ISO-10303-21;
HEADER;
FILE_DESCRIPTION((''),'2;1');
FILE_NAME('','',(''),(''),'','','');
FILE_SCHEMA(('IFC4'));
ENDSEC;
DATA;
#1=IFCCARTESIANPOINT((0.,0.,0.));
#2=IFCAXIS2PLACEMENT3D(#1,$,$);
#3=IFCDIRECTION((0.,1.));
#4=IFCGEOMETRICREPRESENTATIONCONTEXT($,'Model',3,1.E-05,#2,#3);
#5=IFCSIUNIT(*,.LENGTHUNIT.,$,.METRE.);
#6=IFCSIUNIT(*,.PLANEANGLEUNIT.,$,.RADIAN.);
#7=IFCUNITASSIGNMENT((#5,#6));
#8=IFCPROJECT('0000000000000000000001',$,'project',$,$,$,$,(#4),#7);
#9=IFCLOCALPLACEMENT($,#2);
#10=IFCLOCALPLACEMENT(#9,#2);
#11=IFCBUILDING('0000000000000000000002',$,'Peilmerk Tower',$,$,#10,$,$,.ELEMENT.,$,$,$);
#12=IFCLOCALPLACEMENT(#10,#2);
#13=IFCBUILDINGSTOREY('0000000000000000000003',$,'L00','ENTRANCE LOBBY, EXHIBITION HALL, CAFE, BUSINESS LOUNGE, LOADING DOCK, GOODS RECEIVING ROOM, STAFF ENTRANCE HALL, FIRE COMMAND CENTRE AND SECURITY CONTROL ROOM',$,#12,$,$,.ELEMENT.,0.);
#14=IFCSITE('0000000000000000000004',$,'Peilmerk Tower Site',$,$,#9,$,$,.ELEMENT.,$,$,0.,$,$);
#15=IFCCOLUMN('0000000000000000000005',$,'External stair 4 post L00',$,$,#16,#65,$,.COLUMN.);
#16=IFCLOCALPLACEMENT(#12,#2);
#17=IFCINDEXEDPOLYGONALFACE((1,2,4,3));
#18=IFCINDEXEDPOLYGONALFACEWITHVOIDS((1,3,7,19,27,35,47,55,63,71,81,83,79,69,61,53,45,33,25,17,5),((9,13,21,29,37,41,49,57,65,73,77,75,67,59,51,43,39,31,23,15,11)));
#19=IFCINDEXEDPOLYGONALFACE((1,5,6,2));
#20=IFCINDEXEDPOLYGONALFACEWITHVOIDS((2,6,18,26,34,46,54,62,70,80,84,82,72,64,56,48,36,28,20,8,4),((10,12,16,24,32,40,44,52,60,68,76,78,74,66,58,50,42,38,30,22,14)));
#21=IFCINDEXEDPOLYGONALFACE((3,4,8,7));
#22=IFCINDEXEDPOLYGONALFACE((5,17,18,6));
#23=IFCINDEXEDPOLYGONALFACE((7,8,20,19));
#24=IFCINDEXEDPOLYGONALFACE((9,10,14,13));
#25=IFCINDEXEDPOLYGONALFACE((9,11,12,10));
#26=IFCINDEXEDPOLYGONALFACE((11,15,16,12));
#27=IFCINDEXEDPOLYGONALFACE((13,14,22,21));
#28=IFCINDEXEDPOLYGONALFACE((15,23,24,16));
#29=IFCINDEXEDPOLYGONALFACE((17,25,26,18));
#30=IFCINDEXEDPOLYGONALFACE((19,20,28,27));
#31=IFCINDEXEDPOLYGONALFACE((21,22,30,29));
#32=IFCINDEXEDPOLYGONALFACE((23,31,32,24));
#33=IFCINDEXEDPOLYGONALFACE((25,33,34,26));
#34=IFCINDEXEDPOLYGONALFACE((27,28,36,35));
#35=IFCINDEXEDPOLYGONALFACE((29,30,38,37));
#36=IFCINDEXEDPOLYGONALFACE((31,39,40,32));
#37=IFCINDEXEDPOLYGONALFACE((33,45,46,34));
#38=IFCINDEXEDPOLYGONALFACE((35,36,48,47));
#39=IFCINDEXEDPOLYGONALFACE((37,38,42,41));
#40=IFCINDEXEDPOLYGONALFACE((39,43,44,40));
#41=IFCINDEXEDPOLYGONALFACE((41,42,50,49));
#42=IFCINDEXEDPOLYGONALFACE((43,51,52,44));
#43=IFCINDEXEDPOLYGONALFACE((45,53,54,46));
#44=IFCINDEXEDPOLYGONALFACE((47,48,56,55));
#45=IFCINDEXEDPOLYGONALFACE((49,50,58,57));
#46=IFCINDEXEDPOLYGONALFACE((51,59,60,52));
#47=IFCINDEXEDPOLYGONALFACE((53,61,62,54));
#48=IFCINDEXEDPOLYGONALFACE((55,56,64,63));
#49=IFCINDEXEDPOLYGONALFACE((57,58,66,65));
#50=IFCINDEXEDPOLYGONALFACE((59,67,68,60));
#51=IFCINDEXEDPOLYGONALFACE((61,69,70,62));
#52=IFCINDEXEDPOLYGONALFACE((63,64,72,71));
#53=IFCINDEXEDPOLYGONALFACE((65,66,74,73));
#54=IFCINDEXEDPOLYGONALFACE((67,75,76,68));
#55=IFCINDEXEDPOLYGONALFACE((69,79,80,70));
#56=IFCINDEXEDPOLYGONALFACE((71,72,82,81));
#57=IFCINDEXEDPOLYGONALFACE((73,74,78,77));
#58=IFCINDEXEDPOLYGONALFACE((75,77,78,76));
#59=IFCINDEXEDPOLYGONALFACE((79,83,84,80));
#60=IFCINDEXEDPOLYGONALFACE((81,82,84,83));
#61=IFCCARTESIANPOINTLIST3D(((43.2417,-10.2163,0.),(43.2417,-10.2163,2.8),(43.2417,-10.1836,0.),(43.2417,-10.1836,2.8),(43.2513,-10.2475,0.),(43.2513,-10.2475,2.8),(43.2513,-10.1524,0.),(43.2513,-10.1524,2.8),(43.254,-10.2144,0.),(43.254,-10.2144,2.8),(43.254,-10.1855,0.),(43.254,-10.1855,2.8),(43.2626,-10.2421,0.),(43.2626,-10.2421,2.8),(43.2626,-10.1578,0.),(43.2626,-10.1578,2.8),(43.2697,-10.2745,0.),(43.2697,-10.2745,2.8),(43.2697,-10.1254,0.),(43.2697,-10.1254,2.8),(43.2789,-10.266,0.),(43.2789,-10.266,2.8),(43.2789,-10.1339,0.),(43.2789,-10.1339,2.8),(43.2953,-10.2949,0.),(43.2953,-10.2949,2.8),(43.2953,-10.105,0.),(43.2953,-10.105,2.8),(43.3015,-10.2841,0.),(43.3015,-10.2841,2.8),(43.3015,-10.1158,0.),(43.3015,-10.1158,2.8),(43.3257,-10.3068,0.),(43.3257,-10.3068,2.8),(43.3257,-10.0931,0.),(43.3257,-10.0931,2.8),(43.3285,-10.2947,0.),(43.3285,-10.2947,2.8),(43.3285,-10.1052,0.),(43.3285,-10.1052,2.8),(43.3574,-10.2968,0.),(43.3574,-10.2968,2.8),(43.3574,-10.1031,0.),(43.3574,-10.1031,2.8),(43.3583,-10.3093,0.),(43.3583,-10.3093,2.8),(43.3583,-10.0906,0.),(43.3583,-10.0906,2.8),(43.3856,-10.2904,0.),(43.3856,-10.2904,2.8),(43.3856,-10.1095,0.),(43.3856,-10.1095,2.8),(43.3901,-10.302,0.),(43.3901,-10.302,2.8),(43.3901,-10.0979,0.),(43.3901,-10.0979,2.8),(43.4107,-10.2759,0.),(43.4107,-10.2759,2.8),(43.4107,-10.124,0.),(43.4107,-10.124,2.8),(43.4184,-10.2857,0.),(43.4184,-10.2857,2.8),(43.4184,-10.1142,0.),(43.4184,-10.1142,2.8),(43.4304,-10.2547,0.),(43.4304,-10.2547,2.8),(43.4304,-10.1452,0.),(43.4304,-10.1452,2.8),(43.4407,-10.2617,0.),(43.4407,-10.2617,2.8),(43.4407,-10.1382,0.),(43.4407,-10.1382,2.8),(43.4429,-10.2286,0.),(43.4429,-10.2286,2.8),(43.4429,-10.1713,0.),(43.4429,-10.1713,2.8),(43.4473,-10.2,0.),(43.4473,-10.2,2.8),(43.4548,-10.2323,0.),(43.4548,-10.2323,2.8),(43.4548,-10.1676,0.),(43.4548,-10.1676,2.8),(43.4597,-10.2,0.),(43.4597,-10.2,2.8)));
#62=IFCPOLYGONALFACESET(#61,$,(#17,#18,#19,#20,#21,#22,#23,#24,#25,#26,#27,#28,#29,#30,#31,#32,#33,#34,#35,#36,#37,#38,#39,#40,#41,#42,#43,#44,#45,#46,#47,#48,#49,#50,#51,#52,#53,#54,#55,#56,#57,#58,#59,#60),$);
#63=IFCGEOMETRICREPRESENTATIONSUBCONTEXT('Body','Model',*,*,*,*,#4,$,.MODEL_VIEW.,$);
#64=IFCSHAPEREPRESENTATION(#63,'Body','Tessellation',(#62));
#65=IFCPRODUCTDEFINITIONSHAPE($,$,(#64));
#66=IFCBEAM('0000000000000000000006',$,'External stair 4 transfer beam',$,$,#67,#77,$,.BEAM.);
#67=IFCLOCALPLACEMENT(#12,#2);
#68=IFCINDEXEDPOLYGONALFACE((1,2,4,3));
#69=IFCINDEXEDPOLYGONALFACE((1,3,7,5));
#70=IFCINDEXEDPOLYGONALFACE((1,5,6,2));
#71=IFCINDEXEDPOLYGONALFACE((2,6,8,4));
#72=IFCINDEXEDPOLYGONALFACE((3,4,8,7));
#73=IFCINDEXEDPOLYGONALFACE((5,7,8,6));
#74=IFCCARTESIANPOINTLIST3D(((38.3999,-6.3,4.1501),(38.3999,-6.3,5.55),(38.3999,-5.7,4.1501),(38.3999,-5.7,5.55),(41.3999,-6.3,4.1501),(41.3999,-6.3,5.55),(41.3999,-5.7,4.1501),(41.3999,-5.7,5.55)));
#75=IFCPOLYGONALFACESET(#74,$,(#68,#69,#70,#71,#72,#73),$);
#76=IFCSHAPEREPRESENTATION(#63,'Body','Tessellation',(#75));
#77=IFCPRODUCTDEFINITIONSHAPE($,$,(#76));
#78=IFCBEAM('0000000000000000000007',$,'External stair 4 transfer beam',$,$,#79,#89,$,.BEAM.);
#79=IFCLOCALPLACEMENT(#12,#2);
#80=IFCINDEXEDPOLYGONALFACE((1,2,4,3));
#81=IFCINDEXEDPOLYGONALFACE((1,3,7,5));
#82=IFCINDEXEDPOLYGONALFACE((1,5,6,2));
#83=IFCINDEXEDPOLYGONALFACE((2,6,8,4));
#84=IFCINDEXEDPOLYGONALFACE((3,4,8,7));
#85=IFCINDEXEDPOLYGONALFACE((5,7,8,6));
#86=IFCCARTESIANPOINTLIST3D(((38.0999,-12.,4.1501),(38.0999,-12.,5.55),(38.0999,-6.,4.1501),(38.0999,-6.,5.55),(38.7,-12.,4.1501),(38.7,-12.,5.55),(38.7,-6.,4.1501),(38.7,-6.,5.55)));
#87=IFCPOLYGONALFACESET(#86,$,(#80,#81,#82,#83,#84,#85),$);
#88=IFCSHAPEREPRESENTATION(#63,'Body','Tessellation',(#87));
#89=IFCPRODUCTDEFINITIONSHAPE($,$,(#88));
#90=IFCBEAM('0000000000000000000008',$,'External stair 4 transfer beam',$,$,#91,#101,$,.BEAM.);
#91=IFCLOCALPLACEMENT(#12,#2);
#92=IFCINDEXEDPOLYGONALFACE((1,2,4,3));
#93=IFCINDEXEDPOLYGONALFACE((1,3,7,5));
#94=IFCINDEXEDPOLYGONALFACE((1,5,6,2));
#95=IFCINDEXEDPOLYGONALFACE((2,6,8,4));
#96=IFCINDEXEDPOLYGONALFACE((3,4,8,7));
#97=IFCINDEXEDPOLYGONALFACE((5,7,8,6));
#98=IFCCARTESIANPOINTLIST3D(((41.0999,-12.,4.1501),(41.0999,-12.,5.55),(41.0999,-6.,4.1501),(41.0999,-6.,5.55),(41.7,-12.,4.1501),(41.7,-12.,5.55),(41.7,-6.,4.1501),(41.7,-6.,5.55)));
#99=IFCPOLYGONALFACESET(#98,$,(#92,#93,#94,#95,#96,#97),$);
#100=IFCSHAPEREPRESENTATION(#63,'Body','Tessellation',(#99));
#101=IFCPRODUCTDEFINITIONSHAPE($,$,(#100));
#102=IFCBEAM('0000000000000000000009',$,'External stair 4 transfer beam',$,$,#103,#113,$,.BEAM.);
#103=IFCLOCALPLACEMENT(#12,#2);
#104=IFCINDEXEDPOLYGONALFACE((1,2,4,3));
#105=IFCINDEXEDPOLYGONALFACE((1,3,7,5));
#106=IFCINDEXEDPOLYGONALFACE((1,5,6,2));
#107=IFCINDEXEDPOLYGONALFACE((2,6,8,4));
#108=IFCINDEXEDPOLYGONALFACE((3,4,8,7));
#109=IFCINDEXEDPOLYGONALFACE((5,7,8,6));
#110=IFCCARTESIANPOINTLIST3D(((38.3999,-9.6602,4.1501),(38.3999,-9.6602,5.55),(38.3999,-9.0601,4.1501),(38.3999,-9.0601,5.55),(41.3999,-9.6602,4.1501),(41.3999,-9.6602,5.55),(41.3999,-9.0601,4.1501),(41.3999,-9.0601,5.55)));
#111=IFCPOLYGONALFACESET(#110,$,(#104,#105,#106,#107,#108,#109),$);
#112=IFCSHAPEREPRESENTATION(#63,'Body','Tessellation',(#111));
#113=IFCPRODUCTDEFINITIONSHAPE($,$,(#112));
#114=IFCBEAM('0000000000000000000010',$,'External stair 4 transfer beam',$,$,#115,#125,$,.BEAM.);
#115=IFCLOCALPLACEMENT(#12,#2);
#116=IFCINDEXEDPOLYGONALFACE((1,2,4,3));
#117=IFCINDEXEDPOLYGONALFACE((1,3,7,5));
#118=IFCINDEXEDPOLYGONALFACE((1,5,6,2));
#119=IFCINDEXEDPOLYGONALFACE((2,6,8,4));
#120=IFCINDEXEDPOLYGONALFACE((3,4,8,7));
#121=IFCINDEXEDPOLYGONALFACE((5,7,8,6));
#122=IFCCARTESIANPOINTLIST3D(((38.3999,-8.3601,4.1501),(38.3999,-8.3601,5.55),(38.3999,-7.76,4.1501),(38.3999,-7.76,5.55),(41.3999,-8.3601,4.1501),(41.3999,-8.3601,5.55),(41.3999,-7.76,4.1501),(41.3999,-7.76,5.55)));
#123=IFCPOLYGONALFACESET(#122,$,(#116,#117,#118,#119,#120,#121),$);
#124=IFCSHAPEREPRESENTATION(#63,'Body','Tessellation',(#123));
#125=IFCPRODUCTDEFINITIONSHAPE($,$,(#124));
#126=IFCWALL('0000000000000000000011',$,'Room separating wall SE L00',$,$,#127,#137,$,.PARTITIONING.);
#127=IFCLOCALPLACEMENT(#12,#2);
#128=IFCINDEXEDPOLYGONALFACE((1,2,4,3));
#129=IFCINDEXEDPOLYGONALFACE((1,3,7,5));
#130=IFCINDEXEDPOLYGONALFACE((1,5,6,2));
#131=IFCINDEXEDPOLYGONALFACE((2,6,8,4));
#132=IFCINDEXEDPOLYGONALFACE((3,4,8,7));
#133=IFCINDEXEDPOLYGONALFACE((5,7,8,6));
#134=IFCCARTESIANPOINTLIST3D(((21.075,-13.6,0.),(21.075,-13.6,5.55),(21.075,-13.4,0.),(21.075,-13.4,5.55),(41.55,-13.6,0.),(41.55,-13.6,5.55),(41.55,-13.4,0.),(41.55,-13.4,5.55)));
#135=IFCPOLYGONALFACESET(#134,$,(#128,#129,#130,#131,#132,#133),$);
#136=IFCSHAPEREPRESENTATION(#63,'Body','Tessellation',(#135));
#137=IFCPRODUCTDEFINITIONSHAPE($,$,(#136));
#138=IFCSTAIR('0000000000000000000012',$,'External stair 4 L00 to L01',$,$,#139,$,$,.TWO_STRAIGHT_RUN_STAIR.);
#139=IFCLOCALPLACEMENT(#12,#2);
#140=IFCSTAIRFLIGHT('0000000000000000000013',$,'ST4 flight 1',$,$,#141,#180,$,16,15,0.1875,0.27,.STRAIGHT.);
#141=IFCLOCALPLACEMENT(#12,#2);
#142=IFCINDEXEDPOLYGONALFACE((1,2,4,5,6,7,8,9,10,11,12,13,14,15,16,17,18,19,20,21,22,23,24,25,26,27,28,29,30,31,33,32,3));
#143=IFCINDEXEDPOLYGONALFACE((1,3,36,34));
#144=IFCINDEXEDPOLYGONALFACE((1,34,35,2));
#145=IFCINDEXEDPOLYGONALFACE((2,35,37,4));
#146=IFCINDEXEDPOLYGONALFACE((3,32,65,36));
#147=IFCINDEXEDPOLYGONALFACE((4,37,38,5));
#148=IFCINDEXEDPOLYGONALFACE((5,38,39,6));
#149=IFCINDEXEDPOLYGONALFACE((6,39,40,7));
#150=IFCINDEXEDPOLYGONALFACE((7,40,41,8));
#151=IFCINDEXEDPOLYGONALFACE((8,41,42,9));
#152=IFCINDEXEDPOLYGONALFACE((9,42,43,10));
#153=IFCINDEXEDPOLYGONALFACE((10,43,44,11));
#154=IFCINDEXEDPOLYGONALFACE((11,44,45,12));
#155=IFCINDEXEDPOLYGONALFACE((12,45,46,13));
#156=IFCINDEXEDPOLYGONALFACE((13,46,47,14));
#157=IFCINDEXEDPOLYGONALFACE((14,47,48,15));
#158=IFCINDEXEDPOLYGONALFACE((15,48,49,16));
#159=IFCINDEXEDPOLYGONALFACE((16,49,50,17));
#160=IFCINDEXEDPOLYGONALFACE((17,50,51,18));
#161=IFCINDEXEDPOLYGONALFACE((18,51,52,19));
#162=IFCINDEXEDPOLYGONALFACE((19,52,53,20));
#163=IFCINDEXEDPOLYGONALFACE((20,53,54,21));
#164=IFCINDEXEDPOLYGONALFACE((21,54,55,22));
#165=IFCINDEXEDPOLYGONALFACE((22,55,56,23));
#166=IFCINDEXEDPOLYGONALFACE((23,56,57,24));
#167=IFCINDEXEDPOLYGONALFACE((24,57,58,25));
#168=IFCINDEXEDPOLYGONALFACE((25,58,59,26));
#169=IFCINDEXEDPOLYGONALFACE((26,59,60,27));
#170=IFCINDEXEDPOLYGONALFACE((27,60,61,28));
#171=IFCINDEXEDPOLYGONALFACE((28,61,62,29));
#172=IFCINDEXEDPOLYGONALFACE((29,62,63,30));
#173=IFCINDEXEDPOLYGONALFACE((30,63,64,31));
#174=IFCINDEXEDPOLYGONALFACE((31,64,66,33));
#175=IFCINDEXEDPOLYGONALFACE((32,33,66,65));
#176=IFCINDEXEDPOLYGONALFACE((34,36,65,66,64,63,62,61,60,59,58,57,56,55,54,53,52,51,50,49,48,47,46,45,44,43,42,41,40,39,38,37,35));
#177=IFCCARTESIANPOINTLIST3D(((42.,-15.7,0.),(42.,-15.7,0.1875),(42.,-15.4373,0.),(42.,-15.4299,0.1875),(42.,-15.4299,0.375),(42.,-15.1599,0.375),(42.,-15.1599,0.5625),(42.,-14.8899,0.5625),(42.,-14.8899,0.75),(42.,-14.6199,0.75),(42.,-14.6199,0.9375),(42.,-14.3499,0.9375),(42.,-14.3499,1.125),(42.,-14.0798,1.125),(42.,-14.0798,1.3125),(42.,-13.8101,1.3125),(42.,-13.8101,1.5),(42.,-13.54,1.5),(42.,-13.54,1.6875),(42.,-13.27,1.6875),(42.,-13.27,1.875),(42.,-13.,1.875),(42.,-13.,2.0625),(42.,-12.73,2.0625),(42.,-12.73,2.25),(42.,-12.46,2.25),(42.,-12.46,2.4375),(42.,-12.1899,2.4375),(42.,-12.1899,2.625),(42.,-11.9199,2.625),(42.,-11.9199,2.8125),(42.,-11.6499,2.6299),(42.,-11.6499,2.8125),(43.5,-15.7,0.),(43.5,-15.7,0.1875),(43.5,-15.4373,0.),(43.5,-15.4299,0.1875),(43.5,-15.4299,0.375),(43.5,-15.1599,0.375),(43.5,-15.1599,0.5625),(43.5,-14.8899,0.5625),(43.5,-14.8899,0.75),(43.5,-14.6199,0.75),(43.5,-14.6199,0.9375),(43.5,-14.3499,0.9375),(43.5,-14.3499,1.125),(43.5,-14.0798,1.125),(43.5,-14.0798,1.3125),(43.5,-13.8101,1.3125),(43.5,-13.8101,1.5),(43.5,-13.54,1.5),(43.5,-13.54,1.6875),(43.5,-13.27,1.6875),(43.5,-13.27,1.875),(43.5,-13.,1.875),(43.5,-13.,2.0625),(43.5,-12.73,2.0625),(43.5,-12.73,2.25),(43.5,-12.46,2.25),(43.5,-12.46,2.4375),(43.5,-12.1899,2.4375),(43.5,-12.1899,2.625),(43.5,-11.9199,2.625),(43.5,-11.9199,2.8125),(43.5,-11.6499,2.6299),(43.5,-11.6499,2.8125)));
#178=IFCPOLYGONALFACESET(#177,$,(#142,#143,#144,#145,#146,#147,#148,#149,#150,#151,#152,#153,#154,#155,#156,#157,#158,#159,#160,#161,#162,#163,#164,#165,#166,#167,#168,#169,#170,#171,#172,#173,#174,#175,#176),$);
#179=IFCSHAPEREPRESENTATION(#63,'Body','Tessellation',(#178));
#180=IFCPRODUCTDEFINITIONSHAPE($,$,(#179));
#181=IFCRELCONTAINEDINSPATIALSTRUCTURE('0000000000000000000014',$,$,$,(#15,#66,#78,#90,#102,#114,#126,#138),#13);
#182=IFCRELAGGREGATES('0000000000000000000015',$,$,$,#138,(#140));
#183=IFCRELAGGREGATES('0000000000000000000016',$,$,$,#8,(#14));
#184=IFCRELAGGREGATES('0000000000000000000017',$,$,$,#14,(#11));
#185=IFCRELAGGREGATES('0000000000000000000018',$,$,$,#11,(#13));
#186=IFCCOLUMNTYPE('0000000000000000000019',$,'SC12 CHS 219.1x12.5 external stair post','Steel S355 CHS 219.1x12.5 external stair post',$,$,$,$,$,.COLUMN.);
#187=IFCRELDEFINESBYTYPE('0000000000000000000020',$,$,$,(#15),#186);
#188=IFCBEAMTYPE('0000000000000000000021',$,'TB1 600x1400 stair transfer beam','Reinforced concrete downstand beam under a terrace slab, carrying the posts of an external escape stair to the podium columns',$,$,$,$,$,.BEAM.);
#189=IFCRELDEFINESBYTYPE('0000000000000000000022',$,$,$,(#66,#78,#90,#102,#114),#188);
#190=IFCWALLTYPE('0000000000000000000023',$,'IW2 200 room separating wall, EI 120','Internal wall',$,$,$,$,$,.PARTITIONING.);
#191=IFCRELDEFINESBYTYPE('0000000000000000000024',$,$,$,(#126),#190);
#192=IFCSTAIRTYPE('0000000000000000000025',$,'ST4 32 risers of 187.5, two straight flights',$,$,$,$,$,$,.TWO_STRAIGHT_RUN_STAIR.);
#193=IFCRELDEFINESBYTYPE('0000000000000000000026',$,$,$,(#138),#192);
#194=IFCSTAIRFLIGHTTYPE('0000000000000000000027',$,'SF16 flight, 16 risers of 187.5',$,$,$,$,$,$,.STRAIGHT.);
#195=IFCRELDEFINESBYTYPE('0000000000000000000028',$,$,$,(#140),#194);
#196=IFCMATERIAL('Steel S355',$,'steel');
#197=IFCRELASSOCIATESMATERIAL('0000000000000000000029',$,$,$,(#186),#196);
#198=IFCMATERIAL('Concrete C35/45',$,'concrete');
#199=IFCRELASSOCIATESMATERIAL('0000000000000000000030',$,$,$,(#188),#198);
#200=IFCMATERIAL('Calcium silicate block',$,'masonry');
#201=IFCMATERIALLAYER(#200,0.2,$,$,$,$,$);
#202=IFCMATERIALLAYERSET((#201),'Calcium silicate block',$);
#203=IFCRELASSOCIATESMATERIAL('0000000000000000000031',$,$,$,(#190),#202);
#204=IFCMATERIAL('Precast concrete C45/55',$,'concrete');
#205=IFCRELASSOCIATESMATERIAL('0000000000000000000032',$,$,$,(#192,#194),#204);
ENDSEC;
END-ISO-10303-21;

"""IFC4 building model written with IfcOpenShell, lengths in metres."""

from ifc_helpers import new_model, si_unit, direction, frame, frame_2d, origin, origin_2d, place, context, subcontext, project, spatial, polyline, rectangle, hollow_circle, outline, extrude, material, layer, layer_set, material_profile, profile_set, type_object, element, aggregate, save


model = new_model("IFC4")

# Units and contexts
model_context = context("Model", 3, precision=1e-05, world=origin(), true_north=direction((0.0, 1.0)))
body_context = subcontext(model_context, "Body", "Model", "MODEL_VIEW")
ifc_project = project(units=[si_unit("LENGTHUNIT", "METRE"), si_unit("PLANEANGLEUNIT", "RADIAN")], contexts=[model_context])

# Site, building, storey
site_placement = place(None, origin())
site = spatial("IfcSite", under=ifc_project, at=site_placement, Name="Peilmerk Tower Site", CompositionType="ELEMENT", RefElevation=0.0)
building_placement = place(site_placement, origin())
building = spatial("IfcBuilding", under=site, at=building_placement, Name="Peilmerk Tower", CompositionType="ELEMENT")
storey_placement = place(building_placement, origin())
storey = spatial("IfcBuildingStorey", under=building, at=storey_placement, Name="L00", Description="ENTRANCE LOBBY, EXHIBITION HALL, CAFE, BUSINESS LOUNGE, LOADING DOCK, GOODS RECEIVING ROOM, STAFF ENTRANCE HALL, FIRE COMMAND CENTRE AND SECURITY CONTROL ROOM", CompositionType="ELEMENT", Elevation=0.0)

# Column
ifc_material_1 = material(Name="Steel S355", Category="steel")
ifc_material_profile_1 = material_profile(ifc_material_1, hollow_circle(Radius=0.1096, WallThickness=0.0125, at=origin_2d()), Name="CHS 219.1x12.5")
ifc_profile_set_1 = profile_set([ifc_material_profile_1], Name="Steel S355")
column_type_1 = type_object("IfcColumnType", Name="SC12 CHS 219.1x12.5 external stair post", Description="Steel S355 CHS 219.1x12.5 external stair post", PredefinedType="COLUMN", material=ifc_profile_set_1)
for number, where, z_axis, x_axis, name in (
    (1, (43.3501, -10.2, 0.0), (0.0, 0.0, 1.0), (1.0, 0.0, 0.0), "External stair 4 post L00"),
):
    element("IfcColumn", number, at=place(storey_placement, frame(where, z_axis=z_axis, x_axis=x_axis)), inside=storey, type_object=column_type_1, Name=name, PredefinedType="COLUMN", context=body_context, shape_type="SweptSolid", body=[
        extrude(hollow_circle(Radius=0.1096, WallThickness=0.0125, at=origin_2d()), origin(), (0.0, 0.0, 1.0), 2.8),
    ])

# Beams
ifc_material_2 = material(Name="Concrete C35/45", Category="concrete")
ifc_material_profile_2 = material_profile(ifc_material_2, rectangle(XDim=0.6001, YDim=1.3999, at=origin_2d()), Name="RC 600x1400")
ifc_profile_set_2 = profile_set([ifc_material_profile_2], Name="Concrete C35/45")
beam_type = type_object("IfcBeamType", Name="TB1 600x1400 stair transfer beam", Description="Reinforced concrete downstand beam under a terrace slab, carrying the posts of an external escape stair to the podium columns", PredefinedType="BEAM", material=ifc_profile_set_2)
beam_placement = place(storey_placement, frame((38.3999, -6.0, 4.8501), z_axis=(1.0, 0.0, 0.0), x_axis=(0.0, 1.0, 0.0)))
element("IfcBeam", 2, at=beam_placement, inside=storey, type_object=beam_type, Name="External stair 4 transfer beam", PredefinedType="BEAM", context=body_context, shape_type="SweptSolid", body=[
    extrude(rectangle(XDim=0.6001, YDim=1.3999, at=origin_2d()), origin(), (0.0, 0.0, 1.0), 3.0),
])
for number, where, z_axis, x_axis, name in (
    (3, (38.3999, -6.0, 4.8501), (0.0, -1.0, 0.0), (1.0, 0.0, 0.0), "External stair 4 transfer beam"),
    (4, (41.3999, -6.0, 4.8501), (0.0, -1.0, 0.0), (1.0, 0.0, 0.0), "External stair 4 transfer beam"),
):
    element("IfcBeam", number, at=place(storey_placement, frame(where, z_axis=z_axis, x_axis=x_axis)), inside=storey, type_object=beam_type, Name=name, PredefinedType="BEAM", context=body_context, shape_type="SweptSolid", body=[
        extrude(rectangle(XDim=0.6001, YDim=1.3999, at=origin_2d()), origin(), (0.0, 0.0, 1.0), 6.0),
    ])
for number, where, z_axis, x_axis, name in (
    (5, (38.3999, -9.3601, 4.8501), (1.0, 0.0, 0.0), (0.0, 1.0, 0.0), "External stair 4 transfer beam"),
    (6, (38.3999, -8.0601, 4.8501), (1.0, 0.0, 0.0), (0.0, 1.0, 0.0), "External stair 4 transfer beam"),
):
    element("IfcBeam", number, at=place(storey_placement, frame(where, z_axis=z_axis, x_axis=x_axis)), inside=storey, type_object=beam_type, Name=name, PredefinedType="BEAM", context=body_context, shape_type="SweptSolid", body=[
        extrude(rectangle(XDim=0.6001, YDim=1.3999, at=origin_2d()), origin(), (0.0, 0.0, 1.0), 3.0),
    ])

# Wall
ifc_material_3 = material(Name="Calcium silicate block", Category="masonry")
ifc_layer_1 = layer(ifc_material_3, 0.2)
ifc_layer_set_1 = layer_set([ifc_layer_1], Name="Calcium silicate block")
wall_type = type_object("IfcWallType", Name="IW2 200 room separating wall, EI 120", Description="Internal wall", PredefinedType="PARTITIONING", material=ifc_layer_set_1)
wall_placement = place(storey_placement, frame((41.55, -13.5, 0.0), z_axis=(0.0, 0.0, 1.0), x_axis=(-1.0, 0.0, 0.0)))
element("IfcWall", 7, at=wall_placement, inside=storey, type_object=wall_type, Name="Room separating wall SE L00", PredefinedType="PARTITIONING", context=body_context, shape_type="SweptSolid", body=[
    extrude(rectangle(XDim=20.4751, YDim=0.2, at=frame_2d((10.2375, 0.0))), origin(), (0.0, 0.0, 1.0), 5.55),
])

# Stair, stair flight
ifc_material_4 = material(Name="Precast concrete C45/55", Category="concrete")
stair_type = type_object("IfcStairType", Name="ST4 32 risers of 187.5, two straight flights", PredefinedType="TWO_STRAIGHT_RUN_STAIR", material=ifc_material_4)
stair_placement = place(storey_placement, origin())
stair = element("IfcStair", 8, at=stair_placement, inside=storey, type_object=stair_type, Name="External stair 4 L00 to L01", PredefinedType="TWO_STRAIGHT_RUN_STAIR")
stair_flight_type = type_object("IfcStairFlightType", Name="SF16 flight, 16 risers of 187.5", PredefinedType="STRAIGHT", material=ifc_material_4)
stair_flight_1_placement = place(storey_placement, frame((42.75, -15.7, 0.0), z_axis=(0.0, 0.0, 1.0), x_axis=(0.0, 1.0, 0.0)))
stair_flight_1 = element("IfcStairFlight", 9, at=stair_flight_1_placement, type_object=stair_flight_type, Name="ST4 flight 1", NumberOfRisers=16, NumberOfTreads=15, PredefinedType="STRAIGHT", RiserHeight=0.1875, TreadLength=0.27, context=body_context, shape_type="SweptSolid", body=[
    extrude(outline(polyline([(0.0, 0.0), (0.0, 0.1875), (0.27, 0.1875), (0.27, 0.375), (0.54, 0.375), (0.54, 0.5625), (0.8101, 0.5625), (0.8101, 0.75), (1.0801, 0.75), (1.0801, 0.9375), (1.3501, 0.9375), (1.3501, 1.125), (1.6201, 1.125), (1.6201, 1.3125), (1.8899, 1.3125), (1.8899, 1.5), (2.1599, 1.5), (2.1599, 1.6875), (2.4299, 1.6875), (2.4299, 1.875), (2.7, 1.875), (2.7, 2.0625), (2.97, 2.0625), (2.97, 2.25), (3.24, 2.25), (3.24, 2.4375), (3.51, 2.4375), (3.51, 2.625), (3.78, 2.625), (3.78, 2.8125), (4.05, 2.8125), (4.05, 3.0), (4.05, 2.6299), (0.2627, 0.0), (0.0, 0.0)])), frame((0.0, 0.75, 0.0), z_axis=(0.0, -1.0, 0.0), x_axis=(1.0, 0.0, 0.0)), (0.0, 0.0, 1.0), 1.5),
])
aggregate(stair, [stair_flight_1])

save(model, "model.ifc")
